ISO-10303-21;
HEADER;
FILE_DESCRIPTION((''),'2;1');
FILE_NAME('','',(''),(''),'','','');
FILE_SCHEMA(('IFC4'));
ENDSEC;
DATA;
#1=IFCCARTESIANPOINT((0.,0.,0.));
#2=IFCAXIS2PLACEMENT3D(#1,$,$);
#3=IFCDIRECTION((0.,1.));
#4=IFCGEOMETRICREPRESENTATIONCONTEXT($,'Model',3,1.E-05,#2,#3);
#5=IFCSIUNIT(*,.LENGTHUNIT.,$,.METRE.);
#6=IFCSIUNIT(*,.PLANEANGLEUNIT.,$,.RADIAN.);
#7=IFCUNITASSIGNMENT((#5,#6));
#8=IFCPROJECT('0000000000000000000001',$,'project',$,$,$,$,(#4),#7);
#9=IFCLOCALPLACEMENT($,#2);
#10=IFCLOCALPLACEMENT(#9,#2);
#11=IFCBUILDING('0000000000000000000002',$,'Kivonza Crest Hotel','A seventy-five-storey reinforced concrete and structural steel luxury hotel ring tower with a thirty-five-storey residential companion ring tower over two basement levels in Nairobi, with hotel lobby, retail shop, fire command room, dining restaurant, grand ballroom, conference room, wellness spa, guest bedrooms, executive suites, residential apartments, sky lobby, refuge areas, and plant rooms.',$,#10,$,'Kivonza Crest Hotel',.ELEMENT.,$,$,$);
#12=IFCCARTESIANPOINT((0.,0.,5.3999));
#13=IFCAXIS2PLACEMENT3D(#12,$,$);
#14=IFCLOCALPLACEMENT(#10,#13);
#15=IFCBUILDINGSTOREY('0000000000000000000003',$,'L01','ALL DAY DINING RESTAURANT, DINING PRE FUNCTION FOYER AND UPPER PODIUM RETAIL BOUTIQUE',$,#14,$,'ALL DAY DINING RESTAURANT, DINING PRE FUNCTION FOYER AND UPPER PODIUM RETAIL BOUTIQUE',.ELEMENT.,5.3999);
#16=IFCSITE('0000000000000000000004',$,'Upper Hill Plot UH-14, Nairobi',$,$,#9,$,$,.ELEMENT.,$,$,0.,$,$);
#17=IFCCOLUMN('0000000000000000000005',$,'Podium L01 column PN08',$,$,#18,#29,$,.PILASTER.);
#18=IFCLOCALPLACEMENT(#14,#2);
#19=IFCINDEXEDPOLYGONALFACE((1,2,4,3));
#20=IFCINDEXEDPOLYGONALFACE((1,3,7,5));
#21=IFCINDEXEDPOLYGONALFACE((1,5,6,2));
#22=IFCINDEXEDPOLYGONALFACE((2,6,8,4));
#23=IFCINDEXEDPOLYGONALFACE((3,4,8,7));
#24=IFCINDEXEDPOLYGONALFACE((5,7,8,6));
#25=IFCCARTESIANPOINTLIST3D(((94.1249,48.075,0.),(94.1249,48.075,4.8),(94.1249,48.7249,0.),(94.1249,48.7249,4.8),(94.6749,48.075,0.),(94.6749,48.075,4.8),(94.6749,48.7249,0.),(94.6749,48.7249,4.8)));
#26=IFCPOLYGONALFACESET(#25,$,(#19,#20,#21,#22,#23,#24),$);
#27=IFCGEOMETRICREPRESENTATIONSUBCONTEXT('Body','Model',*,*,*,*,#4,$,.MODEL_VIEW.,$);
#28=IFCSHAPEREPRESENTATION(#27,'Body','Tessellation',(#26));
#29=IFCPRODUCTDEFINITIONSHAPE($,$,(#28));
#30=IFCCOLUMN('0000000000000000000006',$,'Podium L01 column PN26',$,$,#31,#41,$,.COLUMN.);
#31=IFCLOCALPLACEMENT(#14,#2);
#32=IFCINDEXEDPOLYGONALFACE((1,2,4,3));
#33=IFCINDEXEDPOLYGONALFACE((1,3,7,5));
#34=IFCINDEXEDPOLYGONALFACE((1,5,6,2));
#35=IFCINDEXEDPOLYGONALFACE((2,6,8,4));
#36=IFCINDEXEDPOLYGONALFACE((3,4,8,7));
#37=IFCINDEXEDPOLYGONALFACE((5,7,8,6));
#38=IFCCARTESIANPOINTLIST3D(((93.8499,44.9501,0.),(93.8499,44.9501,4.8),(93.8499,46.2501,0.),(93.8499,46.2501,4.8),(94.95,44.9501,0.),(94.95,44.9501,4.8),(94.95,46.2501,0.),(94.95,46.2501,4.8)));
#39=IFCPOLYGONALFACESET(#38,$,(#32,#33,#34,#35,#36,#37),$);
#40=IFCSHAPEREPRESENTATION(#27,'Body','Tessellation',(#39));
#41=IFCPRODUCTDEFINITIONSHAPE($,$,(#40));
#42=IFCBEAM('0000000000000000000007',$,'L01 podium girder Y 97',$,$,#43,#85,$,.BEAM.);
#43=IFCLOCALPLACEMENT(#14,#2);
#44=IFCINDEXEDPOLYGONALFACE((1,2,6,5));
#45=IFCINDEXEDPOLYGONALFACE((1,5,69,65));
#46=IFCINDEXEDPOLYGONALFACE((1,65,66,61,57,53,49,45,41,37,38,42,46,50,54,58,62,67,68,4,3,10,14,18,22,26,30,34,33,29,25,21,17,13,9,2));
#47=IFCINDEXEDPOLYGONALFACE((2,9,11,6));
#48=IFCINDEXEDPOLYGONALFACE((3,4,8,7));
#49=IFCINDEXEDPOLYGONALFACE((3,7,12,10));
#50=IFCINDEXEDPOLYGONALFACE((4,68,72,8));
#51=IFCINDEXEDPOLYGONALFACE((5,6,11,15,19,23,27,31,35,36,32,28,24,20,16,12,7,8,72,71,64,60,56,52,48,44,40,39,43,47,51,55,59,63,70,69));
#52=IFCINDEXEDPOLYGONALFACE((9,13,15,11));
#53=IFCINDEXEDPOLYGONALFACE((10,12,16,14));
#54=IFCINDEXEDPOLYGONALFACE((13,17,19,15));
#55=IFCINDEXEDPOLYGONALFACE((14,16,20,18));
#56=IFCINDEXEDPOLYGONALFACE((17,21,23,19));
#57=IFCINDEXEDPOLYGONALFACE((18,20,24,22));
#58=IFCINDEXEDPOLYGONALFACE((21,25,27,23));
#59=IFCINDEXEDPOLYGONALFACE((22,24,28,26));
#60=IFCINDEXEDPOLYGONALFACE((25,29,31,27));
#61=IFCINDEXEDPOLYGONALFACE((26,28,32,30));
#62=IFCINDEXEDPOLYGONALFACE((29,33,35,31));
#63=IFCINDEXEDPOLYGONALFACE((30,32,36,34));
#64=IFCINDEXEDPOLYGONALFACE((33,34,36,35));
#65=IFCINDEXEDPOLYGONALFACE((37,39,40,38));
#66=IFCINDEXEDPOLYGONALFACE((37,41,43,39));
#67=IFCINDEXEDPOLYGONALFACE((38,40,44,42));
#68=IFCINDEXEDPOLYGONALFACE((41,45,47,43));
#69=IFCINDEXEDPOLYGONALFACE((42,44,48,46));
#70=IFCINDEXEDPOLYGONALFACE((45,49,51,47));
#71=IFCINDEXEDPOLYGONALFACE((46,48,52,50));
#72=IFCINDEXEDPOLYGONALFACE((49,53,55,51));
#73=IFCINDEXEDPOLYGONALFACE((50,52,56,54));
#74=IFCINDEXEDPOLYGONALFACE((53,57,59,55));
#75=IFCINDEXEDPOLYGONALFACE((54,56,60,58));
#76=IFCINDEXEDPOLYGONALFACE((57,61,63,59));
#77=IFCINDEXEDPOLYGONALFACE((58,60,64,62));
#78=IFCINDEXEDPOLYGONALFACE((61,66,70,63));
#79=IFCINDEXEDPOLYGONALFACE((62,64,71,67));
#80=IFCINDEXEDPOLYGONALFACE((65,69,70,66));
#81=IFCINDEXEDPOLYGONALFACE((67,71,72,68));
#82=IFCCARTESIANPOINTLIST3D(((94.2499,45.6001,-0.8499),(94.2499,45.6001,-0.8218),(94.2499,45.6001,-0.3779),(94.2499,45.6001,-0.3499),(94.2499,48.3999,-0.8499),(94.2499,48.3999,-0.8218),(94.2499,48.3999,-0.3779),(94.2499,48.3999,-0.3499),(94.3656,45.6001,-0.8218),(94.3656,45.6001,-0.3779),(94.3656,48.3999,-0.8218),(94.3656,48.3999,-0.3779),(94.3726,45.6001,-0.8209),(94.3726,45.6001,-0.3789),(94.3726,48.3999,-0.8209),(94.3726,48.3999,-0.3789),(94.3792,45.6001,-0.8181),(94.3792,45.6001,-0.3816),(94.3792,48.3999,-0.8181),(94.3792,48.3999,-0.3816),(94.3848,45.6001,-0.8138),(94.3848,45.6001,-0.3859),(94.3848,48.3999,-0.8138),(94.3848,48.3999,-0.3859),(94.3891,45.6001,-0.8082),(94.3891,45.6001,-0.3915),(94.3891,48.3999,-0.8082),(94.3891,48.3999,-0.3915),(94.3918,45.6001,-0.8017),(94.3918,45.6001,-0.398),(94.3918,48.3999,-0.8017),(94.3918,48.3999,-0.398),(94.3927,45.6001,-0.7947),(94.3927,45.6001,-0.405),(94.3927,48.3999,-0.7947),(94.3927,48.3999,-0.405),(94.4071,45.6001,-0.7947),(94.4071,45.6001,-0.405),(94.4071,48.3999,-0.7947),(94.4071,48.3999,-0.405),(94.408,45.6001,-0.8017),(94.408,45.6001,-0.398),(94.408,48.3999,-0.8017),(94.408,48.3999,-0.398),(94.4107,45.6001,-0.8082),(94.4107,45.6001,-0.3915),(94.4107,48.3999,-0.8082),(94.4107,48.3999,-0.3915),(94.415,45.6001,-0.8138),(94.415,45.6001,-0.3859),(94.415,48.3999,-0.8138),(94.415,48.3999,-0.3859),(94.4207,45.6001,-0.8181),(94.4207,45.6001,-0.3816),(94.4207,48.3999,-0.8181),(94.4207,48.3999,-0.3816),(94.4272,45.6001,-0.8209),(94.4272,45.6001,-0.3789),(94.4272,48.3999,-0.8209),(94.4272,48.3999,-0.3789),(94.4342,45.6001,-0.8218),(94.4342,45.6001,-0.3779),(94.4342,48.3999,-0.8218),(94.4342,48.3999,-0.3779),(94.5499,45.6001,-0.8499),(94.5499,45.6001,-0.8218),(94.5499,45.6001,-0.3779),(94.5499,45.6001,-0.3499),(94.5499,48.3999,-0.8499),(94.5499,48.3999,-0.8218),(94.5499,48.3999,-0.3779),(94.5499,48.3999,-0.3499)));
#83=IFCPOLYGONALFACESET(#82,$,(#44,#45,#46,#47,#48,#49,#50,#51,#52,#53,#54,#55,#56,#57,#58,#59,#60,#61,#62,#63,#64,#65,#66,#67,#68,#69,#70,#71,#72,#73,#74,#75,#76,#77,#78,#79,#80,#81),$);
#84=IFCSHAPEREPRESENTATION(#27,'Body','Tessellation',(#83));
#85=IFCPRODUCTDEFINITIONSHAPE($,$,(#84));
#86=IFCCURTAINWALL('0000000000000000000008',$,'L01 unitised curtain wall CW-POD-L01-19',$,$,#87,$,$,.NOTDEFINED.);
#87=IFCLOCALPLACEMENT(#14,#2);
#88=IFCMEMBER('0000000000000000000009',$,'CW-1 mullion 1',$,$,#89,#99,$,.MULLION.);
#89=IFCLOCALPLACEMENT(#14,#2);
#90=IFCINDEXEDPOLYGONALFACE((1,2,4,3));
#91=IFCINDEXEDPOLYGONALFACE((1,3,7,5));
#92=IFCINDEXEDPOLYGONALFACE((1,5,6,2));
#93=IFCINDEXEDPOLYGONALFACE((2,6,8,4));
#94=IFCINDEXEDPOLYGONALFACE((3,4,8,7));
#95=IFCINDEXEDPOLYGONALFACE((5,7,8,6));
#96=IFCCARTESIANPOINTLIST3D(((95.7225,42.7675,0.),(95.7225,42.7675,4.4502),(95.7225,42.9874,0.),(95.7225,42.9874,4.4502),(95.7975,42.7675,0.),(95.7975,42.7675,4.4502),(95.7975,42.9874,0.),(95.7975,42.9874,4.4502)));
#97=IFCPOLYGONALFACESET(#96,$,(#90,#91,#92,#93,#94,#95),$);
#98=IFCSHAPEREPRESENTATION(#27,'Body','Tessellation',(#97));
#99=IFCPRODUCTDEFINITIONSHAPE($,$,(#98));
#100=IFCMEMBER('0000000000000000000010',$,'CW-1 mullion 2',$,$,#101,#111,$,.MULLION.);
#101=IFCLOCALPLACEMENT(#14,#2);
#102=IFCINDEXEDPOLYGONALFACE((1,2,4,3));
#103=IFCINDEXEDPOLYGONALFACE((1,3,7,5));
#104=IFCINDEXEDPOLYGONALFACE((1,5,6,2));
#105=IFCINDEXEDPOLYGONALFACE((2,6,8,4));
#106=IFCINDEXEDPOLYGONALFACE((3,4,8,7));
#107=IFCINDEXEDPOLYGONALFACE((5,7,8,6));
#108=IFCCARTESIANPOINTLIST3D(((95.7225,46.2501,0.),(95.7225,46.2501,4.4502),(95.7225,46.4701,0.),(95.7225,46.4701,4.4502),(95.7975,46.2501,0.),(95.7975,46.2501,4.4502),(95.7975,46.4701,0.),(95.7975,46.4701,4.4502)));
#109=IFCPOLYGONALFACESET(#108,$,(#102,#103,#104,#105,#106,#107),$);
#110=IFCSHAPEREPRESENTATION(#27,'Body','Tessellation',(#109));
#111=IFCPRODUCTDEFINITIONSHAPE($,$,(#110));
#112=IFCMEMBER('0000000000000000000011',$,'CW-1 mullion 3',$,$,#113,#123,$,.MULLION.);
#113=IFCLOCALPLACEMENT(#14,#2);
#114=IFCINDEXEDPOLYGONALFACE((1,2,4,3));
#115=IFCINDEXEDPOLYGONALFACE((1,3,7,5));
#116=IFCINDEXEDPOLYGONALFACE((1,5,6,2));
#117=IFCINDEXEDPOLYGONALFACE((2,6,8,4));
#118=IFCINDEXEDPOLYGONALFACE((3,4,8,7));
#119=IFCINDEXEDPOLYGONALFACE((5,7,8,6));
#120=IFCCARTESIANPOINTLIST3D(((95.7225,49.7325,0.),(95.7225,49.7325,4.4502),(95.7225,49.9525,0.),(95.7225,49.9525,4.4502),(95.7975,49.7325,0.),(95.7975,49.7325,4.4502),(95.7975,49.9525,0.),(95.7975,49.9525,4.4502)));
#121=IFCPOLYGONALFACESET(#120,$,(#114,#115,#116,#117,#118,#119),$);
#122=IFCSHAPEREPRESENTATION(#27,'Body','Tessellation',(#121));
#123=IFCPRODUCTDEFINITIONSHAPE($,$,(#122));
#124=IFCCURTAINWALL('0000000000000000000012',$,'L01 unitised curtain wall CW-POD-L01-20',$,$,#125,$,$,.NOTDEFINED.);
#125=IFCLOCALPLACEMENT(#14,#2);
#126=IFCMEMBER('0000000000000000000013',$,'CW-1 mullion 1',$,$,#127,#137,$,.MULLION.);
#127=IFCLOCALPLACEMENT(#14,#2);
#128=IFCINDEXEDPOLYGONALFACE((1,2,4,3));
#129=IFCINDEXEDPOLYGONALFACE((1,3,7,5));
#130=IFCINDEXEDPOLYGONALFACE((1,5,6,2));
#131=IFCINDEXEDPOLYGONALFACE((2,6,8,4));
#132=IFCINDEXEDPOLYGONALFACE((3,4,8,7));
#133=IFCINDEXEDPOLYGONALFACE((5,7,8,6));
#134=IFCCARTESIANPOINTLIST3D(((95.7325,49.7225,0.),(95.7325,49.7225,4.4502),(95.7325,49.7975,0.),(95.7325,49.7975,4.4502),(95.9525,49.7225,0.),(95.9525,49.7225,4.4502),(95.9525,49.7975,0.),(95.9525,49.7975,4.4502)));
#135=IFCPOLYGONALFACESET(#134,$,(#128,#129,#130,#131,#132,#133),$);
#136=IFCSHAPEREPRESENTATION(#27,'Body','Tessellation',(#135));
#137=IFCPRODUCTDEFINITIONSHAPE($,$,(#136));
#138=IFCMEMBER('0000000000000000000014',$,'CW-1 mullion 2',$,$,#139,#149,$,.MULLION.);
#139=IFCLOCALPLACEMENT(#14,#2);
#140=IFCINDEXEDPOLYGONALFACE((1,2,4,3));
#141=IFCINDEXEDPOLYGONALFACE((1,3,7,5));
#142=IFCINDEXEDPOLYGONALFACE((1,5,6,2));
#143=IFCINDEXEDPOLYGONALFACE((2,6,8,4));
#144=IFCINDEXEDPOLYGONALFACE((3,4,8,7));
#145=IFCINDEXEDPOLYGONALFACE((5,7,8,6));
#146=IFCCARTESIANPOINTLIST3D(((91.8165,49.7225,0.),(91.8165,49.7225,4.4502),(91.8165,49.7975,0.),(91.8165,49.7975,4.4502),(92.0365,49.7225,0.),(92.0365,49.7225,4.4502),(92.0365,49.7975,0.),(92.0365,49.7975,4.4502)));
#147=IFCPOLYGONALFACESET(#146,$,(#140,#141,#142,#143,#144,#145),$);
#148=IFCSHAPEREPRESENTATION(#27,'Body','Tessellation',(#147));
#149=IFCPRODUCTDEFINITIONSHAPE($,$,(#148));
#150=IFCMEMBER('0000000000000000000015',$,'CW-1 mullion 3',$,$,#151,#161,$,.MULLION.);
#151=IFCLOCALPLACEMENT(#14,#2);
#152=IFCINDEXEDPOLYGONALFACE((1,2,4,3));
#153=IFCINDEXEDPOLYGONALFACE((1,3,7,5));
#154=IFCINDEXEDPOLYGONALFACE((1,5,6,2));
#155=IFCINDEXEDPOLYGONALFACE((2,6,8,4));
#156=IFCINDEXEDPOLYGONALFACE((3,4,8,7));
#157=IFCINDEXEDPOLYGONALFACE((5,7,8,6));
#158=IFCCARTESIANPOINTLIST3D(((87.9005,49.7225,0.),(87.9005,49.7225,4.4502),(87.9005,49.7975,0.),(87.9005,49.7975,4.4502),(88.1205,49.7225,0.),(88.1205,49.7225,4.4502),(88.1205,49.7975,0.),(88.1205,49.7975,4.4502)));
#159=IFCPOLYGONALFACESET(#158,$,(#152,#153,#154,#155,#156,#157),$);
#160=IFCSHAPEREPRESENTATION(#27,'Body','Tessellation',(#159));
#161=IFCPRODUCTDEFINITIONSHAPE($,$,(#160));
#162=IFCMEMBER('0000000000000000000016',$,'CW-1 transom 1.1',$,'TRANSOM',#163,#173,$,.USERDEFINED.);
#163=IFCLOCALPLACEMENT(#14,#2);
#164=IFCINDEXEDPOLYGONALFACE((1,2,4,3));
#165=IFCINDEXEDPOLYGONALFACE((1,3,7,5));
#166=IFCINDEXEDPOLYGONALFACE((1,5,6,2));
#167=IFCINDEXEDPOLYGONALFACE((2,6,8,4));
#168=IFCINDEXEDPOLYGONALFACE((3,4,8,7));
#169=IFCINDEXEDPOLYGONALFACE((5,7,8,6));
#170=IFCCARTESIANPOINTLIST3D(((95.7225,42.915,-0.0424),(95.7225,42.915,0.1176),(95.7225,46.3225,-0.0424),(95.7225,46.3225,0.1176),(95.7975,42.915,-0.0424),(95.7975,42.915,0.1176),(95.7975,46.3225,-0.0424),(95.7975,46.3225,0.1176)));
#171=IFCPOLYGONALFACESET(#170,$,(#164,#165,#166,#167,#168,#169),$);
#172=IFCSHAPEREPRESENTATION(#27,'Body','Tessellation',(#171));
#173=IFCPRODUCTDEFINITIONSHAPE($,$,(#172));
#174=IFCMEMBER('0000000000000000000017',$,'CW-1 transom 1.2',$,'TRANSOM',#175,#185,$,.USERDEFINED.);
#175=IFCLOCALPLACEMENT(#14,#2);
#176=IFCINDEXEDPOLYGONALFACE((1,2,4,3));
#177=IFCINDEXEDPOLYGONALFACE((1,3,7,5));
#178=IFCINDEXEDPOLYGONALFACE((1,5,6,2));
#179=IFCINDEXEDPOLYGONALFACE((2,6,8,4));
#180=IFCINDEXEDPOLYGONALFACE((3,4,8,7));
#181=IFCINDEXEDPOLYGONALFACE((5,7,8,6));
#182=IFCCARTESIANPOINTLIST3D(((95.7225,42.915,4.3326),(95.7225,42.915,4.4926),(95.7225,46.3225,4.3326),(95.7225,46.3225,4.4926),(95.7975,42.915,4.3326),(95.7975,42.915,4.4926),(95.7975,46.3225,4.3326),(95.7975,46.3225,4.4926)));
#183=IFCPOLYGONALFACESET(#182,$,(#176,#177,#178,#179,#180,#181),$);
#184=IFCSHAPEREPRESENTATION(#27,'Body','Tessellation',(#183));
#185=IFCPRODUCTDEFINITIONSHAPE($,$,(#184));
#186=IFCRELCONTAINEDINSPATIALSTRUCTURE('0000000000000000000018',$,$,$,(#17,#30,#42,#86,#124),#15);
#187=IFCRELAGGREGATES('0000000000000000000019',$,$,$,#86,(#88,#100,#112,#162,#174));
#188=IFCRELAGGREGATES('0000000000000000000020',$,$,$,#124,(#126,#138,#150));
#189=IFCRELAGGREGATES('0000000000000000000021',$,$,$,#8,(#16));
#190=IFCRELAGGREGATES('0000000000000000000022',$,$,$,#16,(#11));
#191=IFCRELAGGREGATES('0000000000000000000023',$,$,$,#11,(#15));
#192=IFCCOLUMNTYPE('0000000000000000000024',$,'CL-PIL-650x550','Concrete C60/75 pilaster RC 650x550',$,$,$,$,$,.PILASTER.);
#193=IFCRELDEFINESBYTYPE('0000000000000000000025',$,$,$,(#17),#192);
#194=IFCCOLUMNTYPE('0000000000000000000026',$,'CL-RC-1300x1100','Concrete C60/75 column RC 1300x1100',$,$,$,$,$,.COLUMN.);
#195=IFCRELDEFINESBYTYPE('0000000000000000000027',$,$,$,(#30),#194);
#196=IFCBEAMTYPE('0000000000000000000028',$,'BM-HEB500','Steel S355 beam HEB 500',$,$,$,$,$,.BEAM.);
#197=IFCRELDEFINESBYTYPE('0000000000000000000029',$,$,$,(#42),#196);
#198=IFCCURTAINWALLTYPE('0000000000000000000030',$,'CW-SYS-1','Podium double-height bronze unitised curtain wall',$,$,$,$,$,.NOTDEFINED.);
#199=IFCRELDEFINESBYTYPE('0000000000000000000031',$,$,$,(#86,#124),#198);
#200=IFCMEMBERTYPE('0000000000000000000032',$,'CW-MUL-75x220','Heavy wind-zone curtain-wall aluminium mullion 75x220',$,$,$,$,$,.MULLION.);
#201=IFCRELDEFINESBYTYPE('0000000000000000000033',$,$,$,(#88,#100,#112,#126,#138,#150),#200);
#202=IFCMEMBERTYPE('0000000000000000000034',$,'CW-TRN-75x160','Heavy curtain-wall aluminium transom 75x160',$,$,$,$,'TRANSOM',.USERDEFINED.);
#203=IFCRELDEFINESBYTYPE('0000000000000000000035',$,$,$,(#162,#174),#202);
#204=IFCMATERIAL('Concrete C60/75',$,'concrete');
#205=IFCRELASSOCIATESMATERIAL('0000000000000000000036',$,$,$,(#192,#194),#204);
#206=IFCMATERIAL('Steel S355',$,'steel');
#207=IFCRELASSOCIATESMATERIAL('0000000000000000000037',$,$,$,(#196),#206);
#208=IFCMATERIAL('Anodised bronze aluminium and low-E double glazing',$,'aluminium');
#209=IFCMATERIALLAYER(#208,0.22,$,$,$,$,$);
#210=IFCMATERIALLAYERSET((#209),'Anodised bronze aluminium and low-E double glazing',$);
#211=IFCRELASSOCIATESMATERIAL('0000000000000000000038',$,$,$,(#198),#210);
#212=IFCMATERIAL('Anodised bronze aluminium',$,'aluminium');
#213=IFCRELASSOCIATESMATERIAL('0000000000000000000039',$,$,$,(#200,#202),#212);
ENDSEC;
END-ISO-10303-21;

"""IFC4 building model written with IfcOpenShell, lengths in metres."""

from ifc_helpers import new_model, si_unit, direction, frame, origin, origin_2d, place, context, subcontext, project, spatial, rectangle, i_section, extrude, material, layer, layer_set, material_profile, profile_set, type_object, element, aggregate, save


model = new_model("IFC4")

# Units and contexts
model_context = context("Model", 3, precision=1e-05, world=origin(), true_north=direction((0.0, 1.0)))
body_context = subcontext(model_context, "Body", "Model", "MODEL_VIEW")
ifc_project = project(units=[si_unit("LENGTHUNIT", "METRE"), si_unit("PLANEANGLEUNIT", "RADIAN")], contexts=[model_context])

# Site, building, storey
site_placement = place(None, origin())
site = spatial("IfcSite", under=ifc_project, at=site_placement, Name="Upper Hill Plot UH-14, Nairobi", CompositionType="ELEMENT", RefElevation=0.0)
building_placement = place(site_placement, origin())
building = spatial("IfcBuilding", under=site, at=building_placement, Name="Kivonza Crest Hotel", Description="A seventy-five-storey reinforced concrete and structural steel luxury hotel ring tower with a thirty-five-storey residential companion ring tower over two basement levels in Nairobi, with hotel lobby, retail shop, fire command room, dining restaurant, grand ballroom, conference room, wellness spa, guest bedrooms, executive suites, residential apartments, sky lobby, refuge areas, and plant rooms.", LongName="Kivonza Crest Hotel", CompositionType="ELEMENT")
storey_placement = place(building_placement, frame((0.0, 0.0, 5.3999)))
storey = spatial("IfcBuildingStorey", under=building, at=storey_placement, Name="L01", Description="ALL DAY DINING RESTAURANT, DINING PRE FUNCTION FOYER AND UPPER PODIUM RETAIL BOUTIQUE", LongName="ALL DAY DINING RESTAURANT, DINING PRE FUNCTION FOYER AND UPPER PODIUM RETAIL BOUTIQUE", CompositionType="ELEMENT", Elevation=5.3999)

# Columns
ifc_material_1 = material(Name="Concrete C60/75", Category="concrete")
ifc_material_profile_1 = material_profile(ifc_material_1, rectangle(XDim=0.55, YDim=0.6499, at=origin_2d()), Name="RC 650x550")
ifc_profile_set_1 = profile_set([ifc_material_profile_1], Name="Concrete C60/75")
column_type_1 = type_object("IfcColumnType", Name="CL-PIL-650x550", Description="Concrete C60/75 pilaster RC 650x550", PredefinedType="PILASTER", material=ifc_profile_set_1)
column_1_placement = place(storey_placement, frame((94.3999, 48.3999, 0.0), z_axis=(0.0, 0.0, 1.0), x_axis=(1.0, 0.0, 0.0)))
element("IfcColumn", 1, at=column_1_placement, inside=storey, type_object=column_type_1, Name="Podium L01 column PN08", PredefinedType="PILASTER", context=body_context, shape_type="SweptSolid", body=[
    extrude(rectangle(XDim=0.55, YDim=0.6499, at=origin_2d()), origin(), (0.0, 0.0, 1.0), 4.8),
])
ifc_material_profile_2 = material_profile(ifc_material_1, rectangle(XDim=1.1001, YDim=1.3, at=origin_2d()), Name="RC 1300x1100")
ifc_profile_set_2 = profile_set([ifc_material_profile_2], Name="Concrete C60/75")
column_type_2 = type_object("IfcColumnType", Name="CL-RC-1300x1100", Description="Concrete C60/75 column RC 1300x1100", PredefinedType="COLUMN", material=ifc_profile_set_2)
column_2_placement = place(storey_placement, frame((94.3999, 45.6001, 0.0), z_axis=(0.0, 0.0, 1.0), x_axis=(1.0, 0.0, 0.0)))
element("IfcColumn", 2, at=column_2_placement, inside=storey, type_object=column_type_2, Name="Podium L01 column PN26", PredefinedType="COLUMN", context=body_context, shape_type="SweptSolid", body=[
    extrude(rectangle(XDim=1.1001, YDim=1.3, at=origin_2d()), origin(), (0.0, 0.0, 1.0), 4.8),
])

# Beam
ifc_material_2 = material(Name="Steel S355", Category="steel")
ifc_material_profile_3 = material_profile(ifc_material_2, i_section(OverallWidth=0.3, OverallDepth=0.5, WebThickness=0.0144, FlangeThickness=0.0281, FilletRadius=0.0271, at=origin_2d()), Name="HEB 500")
ifc_profile_set_3 = profile_set([ifc_material_profile_3], Name="Steel S355")
beam_type = type_object("IfcBeamType", Name="BM-HEB500", Description="Steel S355 beam HEB 500", PredefinedType="BEAM", material=ifc_profile_set_3)
beam_placement = place(storey_placement, frame((94.3999, 45.6001, -0.5999), z_axis=(0.0, 1.0, 0.0), x_axis=(-1.0, 0.0, 0.0)))
element("IfcBeam", 3, at=beam_placement, inside=storey, type_object=beam_type, Name="L01 podium girder Y 97", PredefinedType="BEAM", context=body_context, shape_type="SweptSolid", body=[
    extrude(i_section(OverallWidth=0.3, OverallDepth=0.5, WebThickness=0.0144, FlangeThickness=0.0281, FilletRadius=0.0271, at=origin_2d()), origin(), (0.0, 0.0, 1.0), 2.7998),
])

# Curtain walls, members
ifc_material_3 = material(Name="Anodised bronze aluminium and low-E double glazing", Category="aluminium")
ifc_layer_1 = layer(ifc_material_3, 0.22)
ifc_layer_set_1 = layer_set([ifc_layer_1], Name="Anodised bronze aluminium and low-E double glazing")
curtain_wall_type = type_object("IfcCurtainWallType", Name="CW-SYS-1", Description="Podium double-height bronze unitised curtain wall", PredefinedType="NOTDEFINED", material=ifc_layer_set_1)
curtain_wall_1_placement = place(storey_placement, origin())
curtain_wall_1 = element("IfcCurtainWall", 4, at=curtain_wall_1_placement, inside=storey, type_object=curtain_wall_type, Name="L01 unitised curtain wall CW-POD-L01-19", PredefinedType="NOTDEFINED")
ifc_material_4 = material(Name="Anodised bronze aluminium", Category="aluminium")
ifc_material_profile_4 = material_profile(ifc_material_4, rectangle(XDim=0.075, YDim=0.22, at=origin_2d()), Name="CW-M 75x220")
ifc_profile_set_4 = profile_set([ifc_material_profile_4], Name="Anodised bronze aluminium")
member_type_1 = type_object("IfcMemberType", Name="CW-MUL-75x220", Description="Heavy wind-zone curtain-wall aluminium mullion 75x220", PredefinedType="MULLION", material=ifc_profile_set_4)
member_1_placement = place(storey_placement, frame((95.76, 42.8774, 0.0), z_axis=(0.0, 0.0, 1.0), x_axis=(-1.0, 0.0, 0.0)))
member_1 = element("IfcMember", 5, at=member_1_placement, type_object=member_type_1, Name="CW-1 mullion 1", PredefinedType="MULLION", context=body_context, shape_type="SweptSolid", body=[
    extrude(rectangle(XDim=0.075, YDim=0.22, at=origin_2d()), origin(), (0.0, 0.0, 1.0), 4.4502),
])
member_2_placement = place(storey_placement, frame((95.76, 46.3601, 0.0), z_axis=(0.0, 0.0, 1.0), x_axis=(-1.0, 0.0, 0.0)))
member_2 = element("IfcMember", 6, at=member_2_placement, type_object=member_type_1, Name="CW-1 mullion 2", PredefinedType="MULLION", context=body_context, shape_type="SweptSolid", body=[
    extrude(rectangle(XDim=0.075, YDim=0.22, at=origin_2d()), origin(), (0.0, 0.0, 1.0), 4.4502),
])
member_3_placement = place(storey_placement, frame((95.76, 49.8425, 0.0), z_axis=(0.0, 0.0, 1.0), x_axis=(-1.0, 0.0, 0.0)))
member_3 = element("IfcMember", 7, at=member_3_placement, type_object=member_type_1, Name="CW-1 mullion 3", PredefinedType="MULLION", context=body_context, shape_type="SweptSolid", body=[
    extrude(rectangle(XDim=0.075, YDim=0.22, at=origin_2d()), origin(), (0.0, 0.0, 1.0), 4.4502),
])
curtain_wall_2_placement = place(storey_placement, origin())
curtain_wall_2 = element("IfcCurtainWall", 8, at=curtain_wall_2_placement, inside=storey, type_object=curtain_wall_type, Name="L01 unitised curtain wall CW-POD-L01-20", PredefinedType="NOTDEFINED")
member_4_placement = place(storey_placement, frame((95.8425, 49.76, 0.0), z_axis=(0.0, 0.0, 1.0), x_axis=(0.0, -1.0, 0.0)))
member_4 = element("IfcMember", 9, at=member_4_placement, type_object=member_type_1, Name="CW-1 mullion 1", PredefinedType="MULLION", context=body_context, shape_type="SweptSolid", body=[
    extrude(rectangle(XDim=0.075, YDim=0.22, at=origin_2d()), origin(), (0.0, 0.0, 1.0), 4.4502),
])
member_5_placement = place(storey_placement, frame((91.9265, 49.76, 0.0), z_axis=(0.0, 0.0, 1.0), x_axis=(0.0, -1.0, 0.0)))
member_5 = element("IfcMember", 10, at=member_5_placement, type_object=member_type_1, Name="CW-1 mullion 2", PredefinedType="MULLION", context=body_context, shape_type="SweptSolid", body=[
    extrude(rectangle(XDim=0.075, YDim=0.22, at=origin_2d()), origin(), (0.0, 0.0, 1.0), 4.4502),
])
member_6_placement = place(storey_placement, frame((88.0105, 49.76, 0.0), z_axis=(0.0, 0.0, 1.0), x_axis=(0.0, -1.0, 0.0)))
member_6 = element("IfcMember", 11, at=member_6_placement, type_object=member_type_1, Name="CW-1 mullion 3", PredefinedType="MULLION", context=body_context, shape_type="SweptSolid", body=[
    extrude(rectangle(XDim=0.075, YDim=0.22, at=origin_2d()), origin(), (0.0, 0.0, 1.0), 4.4502),
])

# Members
ifc_material_profile_5 = material_profile(ifc_material_4, rectangle(XDim=0.075, YDim=0.1599, at=origin_2d()), Name="CW-T 75x160")
ifc_profile_set_5 = profile_set([ifc_material_profile_5], Name="Anodised bronze aluminium")
member_type_2 = type_object("IfcMemberType", Name="CW-TRN-75x160", Description="Heavy curtain-wall aluminium transom 75x160", ElementType="TRANSOM", PredefinedType="USERDEFINED", material=ifc_profile_set_5)
member_7_placement = place(storey_placement, frame((95.76, 42.915, 0.0376), z_axis=(0.0, 1.0, 0.0), x_axis=(-1.0, 0.0, 0.0)))
member_7 = element("IfcMember", 12, at=member_7_placement, type_object=member_type_2, Name="CW-1 transom 1.1", ObjectType="TRANSOM", PredefinedType="USERDEFINED", context=body_context, shape_type="SweptSolid", body=[
    extrude(rectangle(XDim=0.075, YDim=0.1599, at=origin_2d()), origin(), (0.0, 0.0, 1.0), 3.4075),
])
member_8_placement = place(storey_placement, frame((95.76, 42.915, 4.4126), z_axis=(0.0, 1.0, 0.0), x_axis=(-1.0, 0.0, 0.0)))
member_8 = element("IfcMember", 13, at=member_8_placement, type_object=member_type_2, Name="CW-1 transom 1.2", ObjectType="TRANSOM", PredefinedType="USERDEFINED", context=body_context, shape_type="SweptSolid", body=[
    extrude(rectangle(XDim=0.075, YDim=0.1599, at=origin_2d()), origin(), (0.0, 0.0, 1.0), 3.4075),
])

aggregate(curtain_wall_1, [member_1, member_2, member_3, member_7, member_8])
aggregate(curtain_wall_2, [member_4, member_5, member_6])

save(model, "model.ifc")
